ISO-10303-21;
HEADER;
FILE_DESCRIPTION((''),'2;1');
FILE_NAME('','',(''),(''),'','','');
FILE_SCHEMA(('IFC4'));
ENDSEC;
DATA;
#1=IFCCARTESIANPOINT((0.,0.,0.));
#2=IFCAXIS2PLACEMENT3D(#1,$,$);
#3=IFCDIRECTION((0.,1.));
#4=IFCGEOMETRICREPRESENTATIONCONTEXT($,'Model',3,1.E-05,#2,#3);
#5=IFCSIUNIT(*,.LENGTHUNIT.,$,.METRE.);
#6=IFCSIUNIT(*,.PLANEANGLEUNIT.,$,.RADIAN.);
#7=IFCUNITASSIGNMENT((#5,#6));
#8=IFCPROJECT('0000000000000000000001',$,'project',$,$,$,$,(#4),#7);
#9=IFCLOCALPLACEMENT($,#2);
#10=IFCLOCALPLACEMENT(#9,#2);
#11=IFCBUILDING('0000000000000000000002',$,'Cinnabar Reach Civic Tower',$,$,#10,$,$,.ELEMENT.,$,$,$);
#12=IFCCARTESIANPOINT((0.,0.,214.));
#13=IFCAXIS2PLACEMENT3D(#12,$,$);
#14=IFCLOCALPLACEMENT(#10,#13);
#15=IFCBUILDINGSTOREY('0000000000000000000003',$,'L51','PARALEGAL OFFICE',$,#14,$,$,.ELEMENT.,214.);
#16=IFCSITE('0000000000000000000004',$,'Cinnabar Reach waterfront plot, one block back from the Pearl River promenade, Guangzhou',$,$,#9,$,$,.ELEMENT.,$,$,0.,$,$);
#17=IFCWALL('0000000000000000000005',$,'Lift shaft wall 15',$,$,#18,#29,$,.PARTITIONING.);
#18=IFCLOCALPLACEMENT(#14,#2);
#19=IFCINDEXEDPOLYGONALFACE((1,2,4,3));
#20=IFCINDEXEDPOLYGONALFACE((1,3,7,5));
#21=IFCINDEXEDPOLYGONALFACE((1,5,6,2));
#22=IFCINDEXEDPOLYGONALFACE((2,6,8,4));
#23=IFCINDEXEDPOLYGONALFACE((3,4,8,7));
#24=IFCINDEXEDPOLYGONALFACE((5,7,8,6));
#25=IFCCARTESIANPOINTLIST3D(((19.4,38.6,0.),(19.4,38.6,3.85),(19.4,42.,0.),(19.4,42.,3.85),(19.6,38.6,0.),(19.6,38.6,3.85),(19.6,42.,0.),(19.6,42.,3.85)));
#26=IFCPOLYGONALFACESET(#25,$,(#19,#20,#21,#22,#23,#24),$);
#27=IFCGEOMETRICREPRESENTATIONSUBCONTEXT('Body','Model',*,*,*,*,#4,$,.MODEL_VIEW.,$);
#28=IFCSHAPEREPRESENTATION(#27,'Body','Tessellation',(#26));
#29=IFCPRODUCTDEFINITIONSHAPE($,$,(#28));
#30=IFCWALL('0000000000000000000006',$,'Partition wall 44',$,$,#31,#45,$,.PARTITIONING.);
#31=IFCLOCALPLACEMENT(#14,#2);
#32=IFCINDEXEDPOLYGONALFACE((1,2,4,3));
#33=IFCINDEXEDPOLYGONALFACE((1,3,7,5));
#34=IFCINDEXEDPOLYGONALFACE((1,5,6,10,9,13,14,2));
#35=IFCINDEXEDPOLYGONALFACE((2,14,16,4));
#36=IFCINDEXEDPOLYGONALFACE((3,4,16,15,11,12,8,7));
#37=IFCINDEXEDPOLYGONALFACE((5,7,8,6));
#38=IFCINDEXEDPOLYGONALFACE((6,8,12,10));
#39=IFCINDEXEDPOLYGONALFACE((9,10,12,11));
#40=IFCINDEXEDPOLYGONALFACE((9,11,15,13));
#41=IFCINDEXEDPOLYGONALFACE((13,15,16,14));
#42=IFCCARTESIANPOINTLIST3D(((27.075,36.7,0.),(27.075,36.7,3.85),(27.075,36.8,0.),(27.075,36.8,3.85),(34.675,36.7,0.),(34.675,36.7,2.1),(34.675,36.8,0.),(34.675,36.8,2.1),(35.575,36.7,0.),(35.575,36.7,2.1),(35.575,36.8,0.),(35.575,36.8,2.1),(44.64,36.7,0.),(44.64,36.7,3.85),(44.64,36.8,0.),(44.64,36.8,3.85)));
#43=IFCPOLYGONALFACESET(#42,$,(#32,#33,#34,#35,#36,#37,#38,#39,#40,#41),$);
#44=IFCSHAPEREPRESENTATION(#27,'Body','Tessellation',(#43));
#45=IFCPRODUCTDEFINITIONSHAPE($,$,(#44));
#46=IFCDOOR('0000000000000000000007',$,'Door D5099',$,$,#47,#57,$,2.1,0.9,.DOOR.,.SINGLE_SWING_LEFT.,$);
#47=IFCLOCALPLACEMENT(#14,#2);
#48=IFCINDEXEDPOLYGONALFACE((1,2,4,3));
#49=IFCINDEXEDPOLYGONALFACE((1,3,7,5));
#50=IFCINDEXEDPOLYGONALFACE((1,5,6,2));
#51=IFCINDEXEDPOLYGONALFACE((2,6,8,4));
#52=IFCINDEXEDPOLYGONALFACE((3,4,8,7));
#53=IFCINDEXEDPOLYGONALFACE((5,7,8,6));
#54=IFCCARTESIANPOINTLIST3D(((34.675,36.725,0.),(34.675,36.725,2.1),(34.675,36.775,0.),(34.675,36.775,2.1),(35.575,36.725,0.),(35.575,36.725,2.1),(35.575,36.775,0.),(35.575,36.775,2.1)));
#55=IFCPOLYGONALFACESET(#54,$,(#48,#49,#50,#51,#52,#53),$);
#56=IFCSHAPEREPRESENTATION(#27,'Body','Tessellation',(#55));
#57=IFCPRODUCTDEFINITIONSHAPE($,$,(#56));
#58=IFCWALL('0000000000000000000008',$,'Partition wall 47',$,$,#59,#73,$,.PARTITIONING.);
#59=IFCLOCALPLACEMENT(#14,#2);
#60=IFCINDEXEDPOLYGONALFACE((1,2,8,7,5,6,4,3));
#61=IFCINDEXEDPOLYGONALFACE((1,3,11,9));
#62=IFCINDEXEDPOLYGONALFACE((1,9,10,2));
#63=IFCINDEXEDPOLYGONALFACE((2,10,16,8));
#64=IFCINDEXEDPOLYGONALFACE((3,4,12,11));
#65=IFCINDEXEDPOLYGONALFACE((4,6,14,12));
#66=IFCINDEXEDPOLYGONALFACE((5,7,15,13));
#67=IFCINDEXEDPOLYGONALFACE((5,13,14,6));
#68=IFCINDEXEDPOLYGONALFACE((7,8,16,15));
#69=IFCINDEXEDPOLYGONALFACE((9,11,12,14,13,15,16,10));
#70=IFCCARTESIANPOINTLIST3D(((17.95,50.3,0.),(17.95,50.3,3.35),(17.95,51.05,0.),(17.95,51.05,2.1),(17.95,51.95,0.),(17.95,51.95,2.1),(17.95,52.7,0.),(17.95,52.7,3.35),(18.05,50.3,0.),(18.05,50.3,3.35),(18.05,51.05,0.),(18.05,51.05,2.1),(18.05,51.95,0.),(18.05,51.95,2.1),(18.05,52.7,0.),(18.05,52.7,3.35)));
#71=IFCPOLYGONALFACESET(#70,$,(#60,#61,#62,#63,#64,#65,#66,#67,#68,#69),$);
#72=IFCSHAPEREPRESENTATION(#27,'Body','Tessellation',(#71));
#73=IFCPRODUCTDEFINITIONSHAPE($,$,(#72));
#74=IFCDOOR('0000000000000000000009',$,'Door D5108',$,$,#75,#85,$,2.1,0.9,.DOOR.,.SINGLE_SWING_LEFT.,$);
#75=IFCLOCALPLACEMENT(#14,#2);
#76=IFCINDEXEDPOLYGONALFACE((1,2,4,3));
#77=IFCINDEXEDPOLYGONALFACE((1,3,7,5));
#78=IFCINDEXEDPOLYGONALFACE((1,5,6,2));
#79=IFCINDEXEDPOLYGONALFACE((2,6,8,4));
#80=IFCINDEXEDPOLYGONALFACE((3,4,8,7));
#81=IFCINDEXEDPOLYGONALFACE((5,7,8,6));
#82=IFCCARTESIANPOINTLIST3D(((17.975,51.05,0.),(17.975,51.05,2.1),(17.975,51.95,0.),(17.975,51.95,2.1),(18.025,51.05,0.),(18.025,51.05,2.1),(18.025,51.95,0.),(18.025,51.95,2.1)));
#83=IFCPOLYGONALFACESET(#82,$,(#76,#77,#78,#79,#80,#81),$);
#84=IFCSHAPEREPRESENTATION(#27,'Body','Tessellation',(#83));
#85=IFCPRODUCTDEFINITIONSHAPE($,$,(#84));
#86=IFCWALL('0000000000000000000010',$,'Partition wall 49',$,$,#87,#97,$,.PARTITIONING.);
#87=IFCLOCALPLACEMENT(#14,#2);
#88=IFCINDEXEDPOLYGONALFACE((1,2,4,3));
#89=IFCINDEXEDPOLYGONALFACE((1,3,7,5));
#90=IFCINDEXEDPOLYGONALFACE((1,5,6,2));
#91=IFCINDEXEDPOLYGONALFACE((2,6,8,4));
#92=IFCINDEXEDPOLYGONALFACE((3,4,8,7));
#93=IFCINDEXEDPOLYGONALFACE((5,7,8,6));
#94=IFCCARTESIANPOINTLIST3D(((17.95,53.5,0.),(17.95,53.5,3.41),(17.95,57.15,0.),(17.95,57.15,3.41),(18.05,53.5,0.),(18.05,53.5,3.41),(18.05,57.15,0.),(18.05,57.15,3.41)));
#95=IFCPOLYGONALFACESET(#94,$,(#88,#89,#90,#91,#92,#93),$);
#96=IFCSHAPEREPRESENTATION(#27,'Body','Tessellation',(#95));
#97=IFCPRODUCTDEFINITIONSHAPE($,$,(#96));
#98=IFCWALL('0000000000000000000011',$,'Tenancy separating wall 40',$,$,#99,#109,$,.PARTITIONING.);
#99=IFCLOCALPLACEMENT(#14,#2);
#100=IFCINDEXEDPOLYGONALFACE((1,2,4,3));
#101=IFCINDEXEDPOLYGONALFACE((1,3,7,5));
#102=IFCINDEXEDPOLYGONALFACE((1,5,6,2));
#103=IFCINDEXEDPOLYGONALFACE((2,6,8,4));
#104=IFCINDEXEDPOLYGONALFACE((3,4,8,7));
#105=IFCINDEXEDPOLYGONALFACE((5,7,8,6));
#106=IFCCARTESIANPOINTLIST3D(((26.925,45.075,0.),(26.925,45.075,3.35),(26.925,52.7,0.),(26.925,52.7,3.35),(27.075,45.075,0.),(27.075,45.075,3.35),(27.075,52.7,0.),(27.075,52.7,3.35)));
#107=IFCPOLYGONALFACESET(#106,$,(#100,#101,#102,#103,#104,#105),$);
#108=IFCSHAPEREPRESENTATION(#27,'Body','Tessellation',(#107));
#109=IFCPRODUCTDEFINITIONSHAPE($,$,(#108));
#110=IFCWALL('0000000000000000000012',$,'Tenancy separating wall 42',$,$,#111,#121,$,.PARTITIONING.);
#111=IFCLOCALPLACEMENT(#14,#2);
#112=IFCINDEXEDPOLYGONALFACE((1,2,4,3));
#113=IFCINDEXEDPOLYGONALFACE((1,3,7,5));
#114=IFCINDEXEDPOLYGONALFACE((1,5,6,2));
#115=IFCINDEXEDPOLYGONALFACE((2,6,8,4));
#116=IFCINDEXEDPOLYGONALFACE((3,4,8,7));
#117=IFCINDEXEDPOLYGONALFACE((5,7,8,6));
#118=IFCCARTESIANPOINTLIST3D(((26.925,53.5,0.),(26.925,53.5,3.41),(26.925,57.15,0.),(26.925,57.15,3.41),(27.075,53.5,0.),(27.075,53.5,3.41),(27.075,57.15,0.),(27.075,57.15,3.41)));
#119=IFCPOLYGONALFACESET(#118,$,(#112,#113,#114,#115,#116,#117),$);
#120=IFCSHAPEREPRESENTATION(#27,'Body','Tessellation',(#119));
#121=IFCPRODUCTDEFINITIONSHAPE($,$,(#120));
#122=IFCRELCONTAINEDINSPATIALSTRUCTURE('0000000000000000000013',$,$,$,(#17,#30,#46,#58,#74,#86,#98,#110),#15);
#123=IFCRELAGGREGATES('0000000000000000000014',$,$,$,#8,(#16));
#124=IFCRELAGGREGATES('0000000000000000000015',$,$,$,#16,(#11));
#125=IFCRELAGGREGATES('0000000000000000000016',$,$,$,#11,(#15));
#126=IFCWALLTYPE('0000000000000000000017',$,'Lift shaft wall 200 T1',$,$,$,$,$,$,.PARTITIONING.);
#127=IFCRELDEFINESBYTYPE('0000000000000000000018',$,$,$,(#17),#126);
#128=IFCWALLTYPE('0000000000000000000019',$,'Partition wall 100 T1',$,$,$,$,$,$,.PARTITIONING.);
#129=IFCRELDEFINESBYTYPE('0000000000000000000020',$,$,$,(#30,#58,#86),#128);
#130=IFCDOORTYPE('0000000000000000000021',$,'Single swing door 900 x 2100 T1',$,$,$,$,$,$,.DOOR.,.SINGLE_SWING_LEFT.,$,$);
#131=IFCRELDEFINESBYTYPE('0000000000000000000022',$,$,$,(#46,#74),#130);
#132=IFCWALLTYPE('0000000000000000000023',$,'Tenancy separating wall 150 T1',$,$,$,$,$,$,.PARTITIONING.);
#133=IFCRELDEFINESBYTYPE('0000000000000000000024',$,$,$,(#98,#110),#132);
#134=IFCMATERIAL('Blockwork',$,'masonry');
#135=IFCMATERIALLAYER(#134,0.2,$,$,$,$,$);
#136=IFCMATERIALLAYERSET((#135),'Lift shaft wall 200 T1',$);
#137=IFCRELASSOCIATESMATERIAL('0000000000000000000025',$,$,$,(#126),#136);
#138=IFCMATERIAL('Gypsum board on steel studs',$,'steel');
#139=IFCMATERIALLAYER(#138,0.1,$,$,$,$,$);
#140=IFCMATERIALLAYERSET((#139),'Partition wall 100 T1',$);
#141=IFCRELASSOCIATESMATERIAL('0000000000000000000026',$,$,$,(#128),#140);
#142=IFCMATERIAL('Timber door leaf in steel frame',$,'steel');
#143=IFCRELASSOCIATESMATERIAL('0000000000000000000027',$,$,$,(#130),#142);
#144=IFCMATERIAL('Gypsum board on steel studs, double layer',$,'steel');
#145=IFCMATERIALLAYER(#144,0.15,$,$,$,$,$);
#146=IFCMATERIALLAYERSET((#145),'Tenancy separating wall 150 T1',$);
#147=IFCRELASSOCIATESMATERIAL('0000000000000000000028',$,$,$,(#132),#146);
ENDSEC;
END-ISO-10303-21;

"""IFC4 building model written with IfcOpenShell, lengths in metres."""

from ifc_helpers import new_model, si_unit, direction, frame, frame_2d, origin, place, context, subcontext, project, spatial, rectangle, extrude, material, layer, layer_set, type_object, element, fill, save


model = new_model("IFC4")

# Units and contexts
model_context = context("Model", 3, precision=1e-05, world=origin(), true_north=direction((0.0, 1.0)))
body_context = subcontext(model_context, "Body", "Model", "MODEL_VIEW")
ifc_project = project(units=[si_unit("LENGTHUNIT", "METRE"), si_unit("PLANEANGLEUNIT", "RADIAN")], contexts=[model_context])

# Site, building, storey
site_placement = place(None, origin())
site = spatial("IfcSite", under=ifc_project, at=site_placement, Name="Cinnabar Reach waterfront plot, one block back from the Pearl River promenade, Guangzhou", CompositionType="ELEMENT", RefElevation=0.0)
building_placement = place(site_placement, origin())
building = spatial("IfcBuilding", under=site, at=building_placement, Name="Cinnabar Reach Civic Tower", CompositionType="ELEMENT")
storey_placement = place(building_placement, frame((0.0, 0.0, 214.0)))
storey = spatial("IfcBuildingStorey", under=building, at=storey_placement, Name="L51", Description="PARALEGAL OFFICE", CompositionType="ELEMENT", Elevation=214.0)

# Shared definitions
ifc_material_1 = material(Name="Gypsum board on steel studs, double layer", Category="steel")

# Shared definitions
ifc_material_2 = material(Name="Timber door leaf in steel frame", Category="steel")

# Wall
ifc_material_3 = material(Name="Blockwork", Category="masonry")
ifc_layer_1 = layer(ifc_material_3, 0.2)
ifc_layer_set_1 = layer_set([ifc_layer_1], Name="Lift shaft wall 200 T1")
wall_type_1 = type_object("IfcWallType", Name="Lift shaft wall 200 T1", PredefinedType="PARTITIONING", material=ifc_layer_set_1)
wall_1_placement = place(storey_placement, frame((19.5, 38.6, 0.0), z_axis=(0.0, 0.0, 1.0), x_axis=(0.0, 1.0, 0.0)))
element("IfcWall", 1, at=wall_1_placement, inside=storey, type_object=wall_type_1, Name="Lift shaft wall 15", PredefinedType="PARTITIONING", context=body_context, shape_type="SweptSolid", body=[
    extrude(rectangle(XDim=3.4, YDim=0.2, at=frame_2d((1.7, 0.0))), origin(), (0.0, 0.0, 1.0), 3.85),
])

# Walls, openings, doors
ifc_material_4 = material(Name="Gypsum board on steel studs", Category="steel")
ifc_layer_2 = layer(ifc_material_4, 0.1)
ifc_layer_set_2 = layer_set([ifc_layer_2], Name="Partition wall 100 T1")
wall_type_2 = type_object("IfcWallType", Name="Partition wall 100 T1", PredefinedType="PARTITIONING", material=ifc_layer_set_2)
wall_2_placement = place(storey_placement, frame((27.075, 36.75, 0.0), z_axis=(0.0, 0.0, 1.0), x_axis=(1.0, 0.0, 0.0)))
wall_2 = element("IfcWall", 2, at=wall_2_placement, inside=storey, type_object=wall_type_2, Name="Partition wall 44", PredefinedType="PARTITIONING", context=body_context, shape_type="SweptSolid", body=[
    extrude(rectangle(XDim=17.565, YDim=0.1, at=frame_2d((8.7825, 0.0))), origin(), (0.0, 0.0, 1.0), 3.85),
])
opening_1_placement = place(wall_2_placement, frame((7.6, 0.0, 0.0)))
opening_1 = element("IfcOpeningElement", 3, at=opening_1_placement, cuts=wall_2, PredefinedType="OPENING", context=body_context, shape_type="SweptSolid", body=[
    extrude(rectangle(XDim=0.9, YDim=2.1, at=frame_2d((0.45, 1.05))), frame((0.0, 0.06, 0.0), z_axis=(0.0, -1.0, 0.0), x_axis=(1.0, 0.0, 0.0)), (0.0, 0.0, 1.0), 0.12),
])
door_type_1 = type_object("IfcDoorType", Name="Single swing door 900 x 2100 T1", OperationType="SINGLE_SWING_LEFT", PredefinedType="DOOR", material=ifc_material_2)
door_1_placement = place(opening_1_placement, frame((0.9, 0.0, 0.0), z_axis=(0.0, 0.0, 1.0), x_axis=(-1.0, 0.0, 0.0)))
door_1 = element("IfcDoor", 4, at=door_1_placement, inside=storey, type_object=door_type_1, Name="Door D5099", OperationType="SINGLE_SWING_LEFT", OverallHeight=2.1, OverallWidth=0.9, PredefinedType="DOOR", context=body_context, shape_type="SweptSolid", body=[
    extrude(rectangle(XDim=0.9, YDim=2.1, at=frame_2d((0.45, 1.05))), frame((0.0, 0.025, 0.0), z_axis=(0.0, -1.0, 0.0), x_axis=(1.0, 0.0, 0.0)), (0.0, 0.0, 1.0), 0.05),
])
fill(opening_1, door_1)
wall_3_placement = place(storey_placement, frame((18.0, 50.3, 0.0), z_axis=(0.0, 0.0, 1.0), x_axis=(0.0, 1.0, 0.0)))
wall_3 = element("IfcWall", 5, at=wall_3_placement, inside=storey, type_object=wall_type_2, Name="Partition wall 47", PredefinedType="PARTITIONING", context=body_context, shape_type="SweptSolid", body=[
    extrude(rectangle(XDim=2.4, YDim=0.1, at=frame_2d((1.2, 0.0))), origin(), (0.0, 0.0, 1.0), 3.35),
])
opening_2_placement = place(wall_3_placement, frame((0.75, 0.0, 0.0)))
opening_2 = element("IfcOpeningElement", 6, at=opening_2_placement, cuts=wall_3, PredefinedType="OPENING", context=body_context, shape_type="SweptSolid", body=[
    extrude(rectangle(XDim=0.9, YDim=2.1, at=frame_2d((0.45, 1.05))), frame((0.0, 0.06, 0.0), z_axis=(0.0, -1.0, 0.0), x_axis=(1.0, 0.0, 0.0)), (0.0, 0.0, 1.0), 0.12),
])
door_2_placement = place(opening_2_placement, frame((0.9, 0.0, 0.0), z_axis=(0.0, 0.0, 1.0), x_axis=(-1.0, 0.0, 0.0)))
door_2 = element("IfcDoor", 7, at=door_2_placement, inside=storey, type_object=door_type_1, Name="Door D5108", OperationType="SINGLE_SWING_LEFT", OverallHeight=2.1, OverallWidth=0.9, PredefinedType="DOOR", context=body_context, shape_type="SweptSolid", body=[
    extrude(rectangle(XDim=0.9, YDim=2.1, at=frame_2d((0.45, 1.05))), frame((0.0, 0.025, 0.0), z_axis=(0.0, -1.0, 0.0), x_axis=(1.0, 0.0, 0.0)), (0.0, 0.0, 1.0), 0.05),
])
fill(opening_2, door_2)

# Walls
wall_4_placement = place(storey_placement, frame((18.0, 53.5, 0.0), z_axis=(0.0, 0.0, 1.0), x_axis=(0.0, 1.0, 0.0)))
element("IfcWall", 8, at=wall_4_placement, inside=storey, type_object=wall_type_2, Name="Partition wall 49", PredefinedType="PARTITIONING", context=body_context, shape_type="SweptSolid", body=[
    extrude(rectangle(XDim=3.65, YDim=0.1, at=frame_2d((1.825, 0.0))), origin(), (0.0, 0.0, 1.0), 3.41),
])
ifc_layer_3 = layer(ifc_material_1, 0.15)
ifc_layer_set_3 = layer_set([ifc_layer_3], Name="Tenancy separating wall 150 T1")
wall_type_3 = type_object("IfcWallType", Name="Tenancy separating wall 150 T1", PredefinedType="PARTITIONING", material=ifc_layer_set_3)
wall_5_placement = place(storey_placement, frame((27.0, 45.075, 0.0), z_axis=(0.0, 0.0, 1.0), x_axis=(0.0, 1.0, 0.0)))
element("IfcWall", 9, at=wall_5_placement, inside=storey, type_object=wall_type_3, Name="Tenancy separating wall 40", PredefinedType="PARTITIONING", context=body_context, shape_type="SweptSolid", body=[
    extrude(rectangle(XDim=7.625, YDim=0.15, at=frame_2d((3.8125, 0.0))), origin(), (0.0, 0.0, 1.0), 3.35),
])
wall_6_placement = place(storey_placement, frame((27.0, 53.5, 0.0), z_axis=(0.0, 0.0, 1.0), x_axis=(0.0, 1.0, 0.0)))
element("IfcWall", 10, at=wall_6_placement, inside=storey, type_object=wall_type_3, Name="Tenancy separating wall 42", PredefinedType="PARTITIONING", context=body_context, shape_type="SweptSolid", body=[
    extrude(rectangle(XDim=3.65, YDim=0.15, at=frame_2d((1.825, 0.0))), origin(), (0.0, 0.0, 1.0), 3.41),
])

save(model, "model.ifc")
